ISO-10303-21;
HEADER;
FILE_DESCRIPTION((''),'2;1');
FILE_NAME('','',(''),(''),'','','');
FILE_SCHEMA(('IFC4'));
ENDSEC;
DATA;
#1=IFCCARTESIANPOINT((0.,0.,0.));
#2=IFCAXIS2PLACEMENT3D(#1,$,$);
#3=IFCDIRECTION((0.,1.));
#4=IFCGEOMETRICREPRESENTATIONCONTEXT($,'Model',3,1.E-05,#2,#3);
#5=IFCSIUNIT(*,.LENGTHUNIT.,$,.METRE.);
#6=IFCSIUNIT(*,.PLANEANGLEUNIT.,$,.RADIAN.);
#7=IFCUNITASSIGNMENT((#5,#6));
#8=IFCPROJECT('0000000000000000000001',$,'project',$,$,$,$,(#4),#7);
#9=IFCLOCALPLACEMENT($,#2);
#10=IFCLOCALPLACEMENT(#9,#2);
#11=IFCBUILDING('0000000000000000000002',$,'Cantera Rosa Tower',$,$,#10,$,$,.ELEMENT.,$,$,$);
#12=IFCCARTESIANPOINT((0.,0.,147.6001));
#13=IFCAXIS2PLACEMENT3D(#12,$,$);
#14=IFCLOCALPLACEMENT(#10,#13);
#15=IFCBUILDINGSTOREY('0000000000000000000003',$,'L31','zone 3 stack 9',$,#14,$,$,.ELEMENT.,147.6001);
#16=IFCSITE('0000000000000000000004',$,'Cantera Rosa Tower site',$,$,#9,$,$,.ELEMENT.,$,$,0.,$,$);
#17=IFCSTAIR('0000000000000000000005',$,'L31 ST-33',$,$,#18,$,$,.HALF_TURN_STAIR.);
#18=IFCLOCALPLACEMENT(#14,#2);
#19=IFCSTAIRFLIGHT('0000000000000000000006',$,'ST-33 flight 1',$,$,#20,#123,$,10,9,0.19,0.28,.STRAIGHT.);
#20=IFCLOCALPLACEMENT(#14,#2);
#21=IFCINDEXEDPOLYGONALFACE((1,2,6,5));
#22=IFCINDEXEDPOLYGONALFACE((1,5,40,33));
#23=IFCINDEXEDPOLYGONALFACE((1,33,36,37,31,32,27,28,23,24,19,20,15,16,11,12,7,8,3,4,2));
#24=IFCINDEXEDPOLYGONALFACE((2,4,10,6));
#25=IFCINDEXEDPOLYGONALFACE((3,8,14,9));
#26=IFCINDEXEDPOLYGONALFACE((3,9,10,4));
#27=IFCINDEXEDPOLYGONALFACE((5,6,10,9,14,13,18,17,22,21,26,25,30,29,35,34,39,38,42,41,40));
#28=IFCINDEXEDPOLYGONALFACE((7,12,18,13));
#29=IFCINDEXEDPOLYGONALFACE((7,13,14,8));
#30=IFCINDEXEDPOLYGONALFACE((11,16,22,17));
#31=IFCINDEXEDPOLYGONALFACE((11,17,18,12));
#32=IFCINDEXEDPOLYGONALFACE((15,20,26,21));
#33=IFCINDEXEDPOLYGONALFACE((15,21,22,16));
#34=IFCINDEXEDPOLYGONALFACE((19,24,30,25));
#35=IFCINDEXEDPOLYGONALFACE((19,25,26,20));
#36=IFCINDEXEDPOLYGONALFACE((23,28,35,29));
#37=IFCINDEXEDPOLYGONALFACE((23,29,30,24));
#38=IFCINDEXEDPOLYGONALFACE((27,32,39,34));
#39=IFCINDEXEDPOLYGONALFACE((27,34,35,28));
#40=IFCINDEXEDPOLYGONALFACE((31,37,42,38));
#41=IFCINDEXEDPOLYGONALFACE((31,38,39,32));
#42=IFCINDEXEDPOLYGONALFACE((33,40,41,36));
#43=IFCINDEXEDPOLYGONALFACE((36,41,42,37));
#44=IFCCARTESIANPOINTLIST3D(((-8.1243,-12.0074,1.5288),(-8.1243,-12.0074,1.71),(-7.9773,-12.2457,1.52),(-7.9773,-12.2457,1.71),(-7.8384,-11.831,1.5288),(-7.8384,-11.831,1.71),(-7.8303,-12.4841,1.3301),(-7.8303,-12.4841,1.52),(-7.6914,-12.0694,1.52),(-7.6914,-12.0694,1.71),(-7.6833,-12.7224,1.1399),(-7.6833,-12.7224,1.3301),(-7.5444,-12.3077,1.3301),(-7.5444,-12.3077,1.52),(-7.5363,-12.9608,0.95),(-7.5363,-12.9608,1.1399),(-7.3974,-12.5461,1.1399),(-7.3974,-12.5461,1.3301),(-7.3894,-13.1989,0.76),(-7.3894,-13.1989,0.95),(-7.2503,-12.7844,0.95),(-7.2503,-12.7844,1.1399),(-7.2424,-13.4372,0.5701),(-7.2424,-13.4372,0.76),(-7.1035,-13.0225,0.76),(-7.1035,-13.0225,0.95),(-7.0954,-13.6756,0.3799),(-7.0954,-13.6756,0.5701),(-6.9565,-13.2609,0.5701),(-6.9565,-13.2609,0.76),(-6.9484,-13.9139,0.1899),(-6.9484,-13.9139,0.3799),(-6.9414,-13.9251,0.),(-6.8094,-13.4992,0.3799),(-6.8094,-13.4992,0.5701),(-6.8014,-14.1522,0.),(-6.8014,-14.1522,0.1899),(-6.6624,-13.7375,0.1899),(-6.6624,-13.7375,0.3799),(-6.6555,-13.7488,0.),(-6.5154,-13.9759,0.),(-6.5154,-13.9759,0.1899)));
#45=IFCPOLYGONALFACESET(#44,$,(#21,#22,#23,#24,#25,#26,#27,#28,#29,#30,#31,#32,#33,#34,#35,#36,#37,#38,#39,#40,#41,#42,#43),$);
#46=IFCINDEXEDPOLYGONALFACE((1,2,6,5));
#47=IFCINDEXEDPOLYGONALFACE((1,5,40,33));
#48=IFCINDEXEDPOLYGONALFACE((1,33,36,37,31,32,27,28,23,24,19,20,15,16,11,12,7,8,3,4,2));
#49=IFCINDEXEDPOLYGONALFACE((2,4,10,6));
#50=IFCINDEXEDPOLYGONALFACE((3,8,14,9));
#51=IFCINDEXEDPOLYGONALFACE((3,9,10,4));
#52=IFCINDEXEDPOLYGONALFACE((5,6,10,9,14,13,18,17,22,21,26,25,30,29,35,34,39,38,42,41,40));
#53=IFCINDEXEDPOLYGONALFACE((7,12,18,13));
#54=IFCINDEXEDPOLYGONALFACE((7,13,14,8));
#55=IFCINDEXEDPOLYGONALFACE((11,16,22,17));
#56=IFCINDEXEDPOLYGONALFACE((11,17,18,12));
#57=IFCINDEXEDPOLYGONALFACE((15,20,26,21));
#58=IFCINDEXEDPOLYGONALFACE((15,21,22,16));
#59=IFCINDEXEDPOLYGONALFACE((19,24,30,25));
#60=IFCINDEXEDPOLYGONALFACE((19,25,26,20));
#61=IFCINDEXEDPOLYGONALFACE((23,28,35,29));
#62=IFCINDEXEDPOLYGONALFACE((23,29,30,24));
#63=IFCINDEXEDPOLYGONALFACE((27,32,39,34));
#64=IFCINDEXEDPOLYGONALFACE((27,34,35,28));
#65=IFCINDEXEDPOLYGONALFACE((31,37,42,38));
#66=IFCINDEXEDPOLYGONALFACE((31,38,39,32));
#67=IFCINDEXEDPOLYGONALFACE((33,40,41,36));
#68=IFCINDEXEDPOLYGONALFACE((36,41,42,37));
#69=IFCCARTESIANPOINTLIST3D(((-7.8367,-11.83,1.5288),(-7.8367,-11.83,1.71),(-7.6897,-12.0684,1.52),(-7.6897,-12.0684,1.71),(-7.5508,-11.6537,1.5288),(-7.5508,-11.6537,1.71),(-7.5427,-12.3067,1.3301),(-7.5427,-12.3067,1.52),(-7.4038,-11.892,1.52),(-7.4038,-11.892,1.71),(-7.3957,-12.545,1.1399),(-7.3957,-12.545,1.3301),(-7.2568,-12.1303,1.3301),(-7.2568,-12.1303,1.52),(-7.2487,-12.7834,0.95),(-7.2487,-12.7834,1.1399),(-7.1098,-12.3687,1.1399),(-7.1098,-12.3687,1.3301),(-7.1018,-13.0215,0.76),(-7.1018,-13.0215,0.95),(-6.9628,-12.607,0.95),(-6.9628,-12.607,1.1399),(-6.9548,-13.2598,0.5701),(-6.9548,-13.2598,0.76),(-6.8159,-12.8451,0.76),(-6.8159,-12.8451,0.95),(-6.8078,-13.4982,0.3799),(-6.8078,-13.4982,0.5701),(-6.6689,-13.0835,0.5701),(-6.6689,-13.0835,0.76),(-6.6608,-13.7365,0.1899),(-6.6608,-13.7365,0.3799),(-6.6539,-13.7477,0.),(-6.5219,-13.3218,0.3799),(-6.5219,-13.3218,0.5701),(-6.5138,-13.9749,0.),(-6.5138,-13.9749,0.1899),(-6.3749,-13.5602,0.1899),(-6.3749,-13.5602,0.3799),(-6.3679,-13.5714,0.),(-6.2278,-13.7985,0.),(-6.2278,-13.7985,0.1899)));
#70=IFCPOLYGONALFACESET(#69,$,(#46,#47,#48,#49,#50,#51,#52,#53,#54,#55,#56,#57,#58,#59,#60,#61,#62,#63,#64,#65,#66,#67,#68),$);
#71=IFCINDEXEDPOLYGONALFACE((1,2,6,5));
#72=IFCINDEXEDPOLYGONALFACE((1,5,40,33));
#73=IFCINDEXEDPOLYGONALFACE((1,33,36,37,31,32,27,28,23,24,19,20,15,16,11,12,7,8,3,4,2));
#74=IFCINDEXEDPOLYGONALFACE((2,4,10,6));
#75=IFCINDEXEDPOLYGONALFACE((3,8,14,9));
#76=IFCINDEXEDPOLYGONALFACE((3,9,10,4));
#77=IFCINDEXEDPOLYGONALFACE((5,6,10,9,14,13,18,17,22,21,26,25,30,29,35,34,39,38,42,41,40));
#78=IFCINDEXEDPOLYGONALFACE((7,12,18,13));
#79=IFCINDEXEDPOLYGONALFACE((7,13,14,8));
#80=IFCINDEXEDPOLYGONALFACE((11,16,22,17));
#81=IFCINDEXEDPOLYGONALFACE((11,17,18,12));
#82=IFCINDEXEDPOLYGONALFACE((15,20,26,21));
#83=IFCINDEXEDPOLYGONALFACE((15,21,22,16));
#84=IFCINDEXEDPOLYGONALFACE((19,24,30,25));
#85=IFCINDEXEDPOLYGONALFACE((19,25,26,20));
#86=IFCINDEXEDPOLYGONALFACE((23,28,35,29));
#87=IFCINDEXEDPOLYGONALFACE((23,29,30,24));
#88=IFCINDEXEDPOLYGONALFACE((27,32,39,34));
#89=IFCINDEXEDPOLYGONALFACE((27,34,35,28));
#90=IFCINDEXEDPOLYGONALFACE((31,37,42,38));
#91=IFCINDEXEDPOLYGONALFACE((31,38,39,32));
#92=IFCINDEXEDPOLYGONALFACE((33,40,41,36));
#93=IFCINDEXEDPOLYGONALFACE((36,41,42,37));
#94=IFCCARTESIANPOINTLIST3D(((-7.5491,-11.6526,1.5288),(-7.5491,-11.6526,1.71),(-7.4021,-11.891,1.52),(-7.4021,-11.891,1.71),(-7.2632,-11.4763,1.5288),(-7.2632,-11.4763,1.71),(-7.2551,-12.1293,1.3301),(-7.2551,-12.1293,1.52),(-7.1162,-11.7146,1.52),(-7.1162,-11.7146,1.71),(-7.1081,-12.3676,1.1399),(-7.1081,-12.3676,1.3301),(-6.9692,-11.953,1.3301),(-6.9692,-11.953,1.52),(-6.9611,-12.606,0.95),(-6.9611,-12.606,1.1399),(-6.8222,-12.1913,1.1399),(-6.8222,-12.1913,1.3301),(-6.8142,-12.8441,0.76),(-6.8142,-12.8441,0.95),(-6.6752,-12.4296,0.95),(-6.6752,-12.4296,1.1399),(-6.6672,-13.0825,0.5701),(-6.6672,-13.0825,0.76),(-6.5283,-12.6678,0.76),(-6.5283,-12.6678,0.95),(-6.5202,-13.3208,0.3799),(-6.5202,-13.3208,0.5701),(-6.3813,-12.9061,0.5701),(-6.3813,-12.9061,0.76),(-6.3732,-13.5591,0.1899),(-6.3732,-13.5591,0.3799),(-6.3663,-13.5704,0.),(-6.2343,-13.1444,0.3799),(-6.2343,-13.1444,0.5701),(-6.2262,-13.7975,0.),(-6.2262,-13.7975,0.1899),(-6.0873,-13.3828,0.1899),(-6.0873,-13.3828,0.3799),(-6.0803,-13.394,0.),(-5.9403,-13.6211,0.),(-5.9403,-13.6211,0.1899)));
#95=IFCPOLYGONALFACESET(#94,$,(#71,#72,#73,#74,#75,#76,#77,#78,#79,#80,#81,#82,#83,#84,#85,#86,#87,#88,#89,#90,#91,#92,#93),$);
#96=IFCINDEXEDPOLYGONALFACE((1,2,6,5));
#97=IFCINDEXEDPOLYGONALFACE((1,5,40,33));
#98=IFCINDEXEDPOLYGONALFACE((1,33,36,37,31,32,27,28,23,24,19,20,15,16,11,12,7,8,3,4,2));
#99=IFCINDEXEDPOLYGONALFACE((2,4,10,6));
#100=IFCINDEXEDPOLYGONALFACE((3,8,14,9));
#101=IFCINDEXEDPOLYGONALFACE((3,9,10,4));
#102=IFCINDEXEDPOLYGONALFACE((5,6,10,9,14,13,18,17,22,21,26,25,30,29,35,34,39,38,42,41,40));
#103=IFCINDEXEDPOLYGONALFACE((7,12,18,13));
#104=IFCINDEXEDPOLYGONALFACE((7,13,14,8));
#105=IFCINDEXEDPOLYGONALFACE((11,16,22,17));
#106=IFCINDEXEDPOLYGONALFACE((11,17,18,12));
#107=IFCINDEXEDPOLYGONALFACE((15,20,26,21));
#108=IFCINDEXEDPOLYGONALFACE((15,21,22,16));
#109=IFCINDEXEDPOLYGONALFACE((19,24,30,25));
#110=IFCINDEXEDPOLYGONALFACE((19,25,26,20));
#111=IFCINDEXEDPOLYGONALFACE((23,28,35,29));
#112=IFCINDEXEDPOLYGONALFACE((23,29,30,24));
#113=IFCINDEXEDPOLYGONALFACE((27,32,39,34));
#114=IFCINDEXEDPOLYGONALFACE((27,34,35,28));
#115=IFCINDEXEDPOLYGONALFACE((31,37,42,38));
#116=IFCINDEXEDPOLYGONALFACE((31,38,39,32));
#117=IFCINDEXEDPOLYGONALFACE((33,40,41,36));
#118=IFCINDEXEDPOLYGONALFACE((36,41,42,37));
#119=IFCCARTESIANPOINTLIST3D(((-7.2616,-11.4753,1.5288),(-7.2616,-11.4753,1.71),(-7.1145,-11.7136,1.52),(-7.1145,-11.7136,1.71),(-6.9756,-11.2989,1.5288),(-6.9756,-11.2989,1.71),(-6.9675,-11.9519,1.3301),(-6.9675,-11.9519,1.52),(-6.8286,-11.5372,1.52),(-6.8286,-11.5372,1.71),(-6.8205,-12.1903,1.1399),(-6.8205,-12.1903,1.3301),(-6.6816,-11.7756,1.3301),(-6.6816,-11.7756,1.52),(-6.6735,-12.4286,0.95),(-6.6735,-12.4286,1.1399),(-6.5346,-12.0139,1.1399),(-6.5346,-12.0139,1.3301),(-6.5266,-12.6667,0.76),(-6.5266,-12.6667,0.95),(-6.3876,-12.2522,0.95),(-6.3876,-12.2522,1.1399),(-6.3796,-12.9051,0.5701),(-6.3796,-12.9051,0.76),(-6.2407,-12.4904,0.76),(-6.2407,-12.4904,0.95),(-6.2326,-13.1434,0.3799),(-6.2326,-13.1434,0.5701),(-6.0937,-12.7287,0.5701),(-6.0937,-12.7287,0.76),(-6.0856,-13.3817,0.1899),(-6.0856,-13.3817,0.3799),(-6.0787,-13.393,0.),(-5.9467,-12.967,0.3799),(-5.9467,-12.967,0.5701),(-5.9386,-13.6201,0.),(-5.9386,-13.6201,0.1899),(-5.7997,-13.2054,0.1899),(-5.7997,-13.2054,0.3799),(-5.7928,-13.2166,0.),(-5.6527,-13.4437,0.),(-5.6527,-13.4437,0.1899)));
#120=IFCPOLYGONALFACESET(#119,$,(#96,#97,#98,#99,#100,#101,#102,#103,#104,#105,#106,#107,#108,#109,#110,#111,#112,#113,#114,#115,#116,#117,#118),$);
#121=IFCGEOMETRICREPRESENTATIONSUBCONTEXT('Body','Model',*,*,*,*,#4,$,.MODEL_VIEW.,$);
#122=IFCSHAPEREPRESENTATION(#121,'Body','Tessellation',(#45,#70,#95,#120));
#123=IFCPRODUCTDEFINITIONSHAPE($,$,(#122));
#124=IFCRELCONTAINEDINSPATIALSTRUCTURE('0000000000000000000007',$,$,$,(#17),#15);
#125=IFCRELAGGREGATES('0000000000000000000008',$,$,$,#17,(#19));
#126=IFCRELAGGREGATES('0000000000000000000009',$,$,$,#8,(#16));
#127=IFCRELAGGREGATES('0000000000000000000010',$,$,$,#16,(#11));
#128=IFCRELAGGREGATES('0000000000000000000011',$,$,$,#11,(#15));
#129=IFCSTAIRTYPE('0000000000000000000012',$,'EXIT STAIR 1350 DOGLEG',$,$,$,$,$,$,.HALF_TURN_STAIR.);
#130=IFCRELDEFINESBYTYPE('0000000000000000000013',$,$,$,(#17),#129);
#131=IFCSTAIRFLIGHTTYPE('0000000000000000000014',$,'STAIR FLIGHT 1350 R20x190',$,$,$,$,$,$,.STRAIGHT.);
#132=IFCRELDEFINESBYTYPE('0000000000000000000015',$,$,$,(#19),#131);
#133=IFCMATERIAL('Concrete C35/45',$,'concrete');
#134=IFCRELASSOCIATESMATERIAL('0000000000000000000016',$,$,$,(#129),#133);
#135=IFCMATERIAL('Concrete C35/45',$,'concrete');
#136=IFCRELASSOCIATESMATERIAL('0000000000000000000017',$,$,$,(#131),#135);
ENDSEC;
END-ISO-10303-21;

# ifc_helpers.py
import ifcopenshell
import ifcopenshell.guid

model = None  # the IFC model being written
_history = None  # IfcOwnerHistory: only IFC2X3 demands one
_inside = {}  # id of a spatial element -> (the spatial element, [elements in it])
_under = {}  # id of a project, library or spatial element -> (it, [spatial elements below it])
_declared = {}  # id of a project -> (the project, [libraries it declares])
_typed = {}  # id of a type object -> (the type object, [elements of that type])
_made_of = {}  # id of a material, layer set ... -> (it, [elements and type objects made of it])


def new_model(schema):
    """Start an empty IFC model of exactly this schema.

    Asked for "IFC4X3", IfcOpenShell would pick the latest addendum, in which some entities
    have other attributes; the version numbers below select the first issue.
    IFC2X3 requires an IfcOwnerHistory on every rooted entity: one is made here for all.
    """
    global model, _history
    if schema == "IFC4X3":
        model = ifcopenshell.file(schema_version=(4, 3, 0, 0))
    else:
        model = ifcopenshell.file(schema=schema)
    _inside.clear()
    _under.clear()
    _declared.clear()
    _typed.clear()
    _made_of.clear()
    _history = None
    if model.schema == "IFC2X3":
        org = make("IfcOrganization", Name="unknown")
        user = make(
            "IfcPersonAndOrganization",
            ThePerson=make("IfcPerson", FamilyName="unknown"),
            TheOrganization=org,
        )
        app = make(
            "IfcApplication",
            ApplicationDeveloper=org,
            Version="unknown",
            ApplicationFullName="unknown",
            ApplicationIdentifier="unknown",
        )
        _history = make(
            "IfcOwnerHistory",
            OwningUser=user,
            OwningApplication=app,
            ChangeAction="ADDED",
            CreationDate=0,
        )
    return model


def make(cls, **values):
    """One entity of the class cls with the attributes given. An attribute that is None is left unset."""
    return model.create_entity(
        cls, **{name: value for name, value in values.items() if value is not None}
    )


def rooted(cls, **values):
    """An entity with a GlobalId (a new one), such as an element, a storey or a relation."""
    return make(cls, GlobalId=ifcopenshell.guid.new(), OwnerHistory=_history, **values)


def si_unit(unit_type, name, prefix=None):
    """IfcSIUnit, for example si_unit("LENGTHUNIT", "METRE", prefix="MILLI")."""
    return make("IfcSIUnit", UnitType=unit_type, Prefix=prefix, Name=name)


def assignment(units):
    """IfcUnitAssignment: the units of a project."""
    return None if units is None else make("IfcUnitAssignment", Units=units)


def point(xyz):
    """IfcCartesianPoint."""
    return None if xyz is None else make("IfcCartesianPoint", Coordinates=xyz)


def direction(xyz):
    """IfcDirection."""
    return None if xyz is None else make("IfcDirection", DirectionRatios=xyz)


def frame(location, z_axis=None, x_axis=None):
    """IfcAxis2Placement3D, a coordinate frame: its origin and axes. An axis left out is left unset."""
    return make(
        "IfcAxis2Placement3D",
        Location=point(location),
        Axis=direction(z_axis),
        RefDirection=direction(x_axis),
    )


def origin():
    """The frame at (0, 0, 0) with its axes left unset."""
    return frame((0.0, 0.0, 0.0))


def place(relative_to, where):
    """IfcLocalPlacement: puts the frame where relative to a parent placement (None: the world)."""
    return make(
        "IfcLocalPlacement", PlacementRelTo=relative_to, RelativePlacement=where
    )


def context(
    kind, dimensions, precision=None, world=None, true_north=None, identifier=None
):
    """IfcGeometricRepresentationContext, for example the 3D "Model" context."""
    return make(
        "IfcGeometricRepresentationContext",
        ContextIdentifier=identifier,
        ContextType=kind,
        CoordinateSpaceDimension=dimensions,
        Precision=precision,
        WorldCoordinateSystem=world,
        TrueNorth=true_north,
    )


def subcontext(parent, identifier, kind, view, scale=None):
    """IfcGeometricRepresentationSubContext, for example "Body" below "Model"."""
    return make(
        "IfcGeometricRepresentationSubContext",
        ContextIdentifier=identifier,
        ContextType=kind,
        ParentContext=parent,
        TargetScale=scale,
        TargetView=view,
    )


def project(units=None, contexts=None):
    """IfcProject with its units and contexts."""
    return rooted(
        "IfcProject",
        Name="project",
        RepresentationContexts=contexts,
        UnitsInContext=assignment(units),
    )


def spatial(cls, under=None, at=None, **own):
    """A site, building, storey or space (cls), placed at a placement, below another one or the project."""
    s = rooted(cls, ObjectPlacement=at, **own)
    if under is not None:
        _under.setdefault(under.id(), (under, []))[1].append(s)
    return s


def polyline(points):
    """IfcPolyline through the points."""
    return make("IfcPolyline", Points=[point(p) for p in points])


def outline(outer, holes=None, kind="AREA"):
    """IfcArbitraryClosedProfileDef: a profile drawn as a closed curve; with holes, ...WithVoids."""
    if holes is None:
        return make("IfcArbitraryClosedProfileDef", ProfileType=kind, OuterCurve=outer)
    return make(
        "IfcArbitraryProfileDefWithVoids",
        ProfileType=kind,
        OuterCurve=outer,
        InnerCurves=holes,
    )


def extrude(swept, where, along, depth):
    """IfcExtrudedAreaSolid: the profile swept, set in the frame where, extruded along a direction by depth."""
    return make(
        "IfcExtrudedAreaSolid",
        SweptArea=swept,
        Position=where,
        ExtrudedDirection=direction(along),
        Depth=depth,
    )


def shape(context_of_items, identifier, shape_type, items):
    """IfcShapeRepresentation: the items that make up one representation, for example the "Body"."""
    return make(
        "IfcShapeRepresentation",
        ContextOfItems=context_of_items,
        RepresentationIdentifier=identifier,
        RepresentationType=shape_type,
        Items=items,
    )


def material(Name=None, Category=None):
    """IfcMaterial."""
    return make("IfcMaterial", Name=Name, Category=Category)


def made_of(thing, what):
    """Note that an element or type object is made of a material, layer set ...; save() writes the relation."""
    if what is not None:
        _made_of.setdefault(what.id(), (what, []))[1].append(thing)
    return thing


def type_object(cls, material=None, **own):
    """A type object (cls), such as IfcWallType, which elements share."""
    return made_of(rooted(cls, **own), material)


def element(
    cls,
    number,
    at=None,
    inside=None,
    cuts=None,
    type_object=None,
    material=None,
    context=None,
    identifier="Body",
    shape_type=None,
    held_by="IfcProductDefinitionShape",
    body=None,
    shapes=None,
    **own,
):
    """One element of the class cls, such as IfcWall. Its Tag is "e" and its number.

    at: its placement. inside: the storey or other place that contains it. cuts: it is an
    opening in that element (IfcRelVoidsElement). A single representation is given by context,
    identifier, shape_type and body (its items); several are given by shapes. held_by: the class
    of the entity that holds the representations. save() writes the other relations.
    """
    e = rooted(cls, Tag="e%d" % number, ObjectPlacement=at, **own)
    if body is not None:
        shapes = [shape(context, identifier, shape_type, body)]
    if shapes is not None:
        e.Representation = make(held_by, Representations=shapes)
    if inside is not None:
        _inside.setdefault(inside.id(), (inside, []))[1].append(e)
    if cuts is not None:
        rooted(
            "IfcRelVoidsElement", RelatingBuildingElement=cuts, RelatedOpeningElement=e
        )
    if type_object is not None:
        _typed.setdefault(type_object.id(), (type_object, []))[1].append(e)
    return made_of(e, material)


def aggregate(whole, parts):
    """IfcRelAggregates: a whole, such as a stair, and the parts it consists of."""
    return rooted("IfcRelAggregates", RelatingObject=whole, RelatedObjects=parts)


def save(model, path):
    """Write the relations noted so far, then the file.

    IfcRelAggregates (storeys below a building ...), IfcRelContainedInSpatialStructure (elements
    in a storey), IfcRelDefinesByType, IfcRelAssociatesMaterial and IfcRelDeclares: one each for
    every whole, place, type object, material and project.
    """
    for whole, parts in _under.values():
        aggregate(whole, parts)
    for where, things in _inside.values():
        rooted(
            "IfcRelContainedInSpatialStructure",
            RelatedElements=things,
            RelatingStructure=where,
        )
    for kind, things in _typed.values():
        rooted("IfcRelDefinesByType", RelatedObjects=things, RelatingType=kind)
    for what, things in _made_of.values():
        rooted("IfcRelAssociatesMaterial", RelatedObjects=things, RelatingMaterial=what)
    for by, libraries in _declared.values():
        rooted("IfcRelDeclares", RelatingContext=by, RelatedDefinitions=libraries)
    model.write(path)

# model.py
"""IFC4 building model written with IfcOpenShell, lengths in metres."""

from ifc_helpers import new_model, si_unit, direction, frame, origin, place, context, subcontext, project, spatial, polyline, outline, extrude, material, type_object, element, aggregate, save


model = new_model("IFC4")

# Units and contexts
model_context = context("Model", 3, precision=1e-05, world=origin(), true_north=direction((0.0, 1.0)))
body_context = subcontext(model_context, "Body", "Model", "MODEL_VIEW")
ifc_project = project(units=[si_unit("LENGTHUNIT", "METRE"), si_unit("PLANEANGLEUNIT", "RADIAN")], contexts=[model_context])

# Site, building, storey
site_placement = place(None, origin())
site = spatial("IfcSite", under=ifc_project, at=site_placement, Name="Cantera Rosa Tower site", CompositionType="ELEMENT", RefElevation=0.0)
building_placement = place(site_placement, origin())
building = spatial("IfcBuilding", under=site, at=building_placement, Name="Cantera Rosa Tower", CompositionType="ELEMENT")
storey_placement = place(building_placement, frame((0.0, 0.0, 147.6001)))
storey = spatial("IfcBuildingStorey", under=building, at=storey_placement, Name="L31", Description="zone 3 stack 9", CompositionType="ELEMENT", Elevation=147.6001)

# Stair, stair flight
ifc_material_1 = material(Name="Concrete C35/45", Category="concrete")
stair_type = type_object("IfcStairType", Name="EXIT STAIR 1350 DOGLEG", PredefinedType="HALF_TURN_STAIR", material=ifc_material_1)
stair_placement = place(storey_placement, origin())
stair = element("IfcStair", 1, at=stair_placement, inside=storey, type_object=stair_type, Name="L31 ST-33", PredefinedType="HALF_TURN_STAIR")
ifc_material_2 = material(Name="Concrete C35/45", Category="concrete")
stair_flight_type = type_object("IfcStairFlightType", Name="STAIR FLIGHT 1350 R20x190", PredefinedType="STRAIGHT", material=ifc_material_2)
stair_flight_placement = place(storey_placement, frame((-6.2268, -13.7979, 0.0), z_axis=(0.0, 0.0, 1.0), x_axis=(-0.524977, 0.851117, 0.0)))
stair_flight = element("IfcStairFlight", 2, at=stair_flight_placement, type_object=stair_flight_type, Name="ST-33 flight 1", NumberOfRisers=10, NumberOfTreads=9, PredefinedType="STRAIGHT", RiserHeight=0.19, TreadLength=0.28, context=body_context, shape_type="SweptSolid", body=[
    extrude(outline(polyline([(0.0, 0.0), (0.0, 0.1899), (0.28, 0.1899), (0.28, 0.3799), (0.5601, 0.3799), (0.5601, 0.5701), (0.8401, 0.5701), (0.8401, 0.76), (1.1201, 0.76), (1.1201, 0.95), (1.3999, 0.95), (1.3999, 1.1399), (1.6799, 1.1399), (1.6799, 1.3301), (1.96, 1.3301), (1.96, 1.52), (2.24, 1.52), (2.24, 1.71), (2.52, 1.71), (2.52, 1.8999), (2.52, 1.5288), (0.2668, 0.0), (0.0, 0.0)])), frame((0.0, 0.675, 0.0), z_axis=(0.0, -1.0, 0.0), x_axis=(1.0, 0.0, 0.0)), (0.0, 0.0, 1.0), 0.3359),
    extrude(outline(polyline([(0.0, 0.0), (0.0, 0.1899), (0.28, 0.1899), (0.28, 0.3799), (0.5601, 0.3799), (0.5601, 0.5701), (0.8401, 0.5701), (0.8401, 0.76), (1.1201, 0.76), (1.1201, 0.95), (1.3999, 0.95), (1.3999, 1.1399), (1.6799, 1.1399), (1.6799, 1.3301), (1.96, 1.3301), (1.96, 1.52), (2.24, 1.52), (2.24, 1.71), (2.52, 1.71), (2.52, 1.8999), (2.52, 1.5288), (0.2668, 0.0), (0.0, 0.0)])), frame((0.0, 0.3372, 0.0), z_axis=(0.0, -1.0, 0.0), x_axis=(1.0, 0.0, 0.0)), (0.0, 0.0, 1.0), 0.3359),
    extrude(outline(polyline([(0.0, 0.0), (0.0, 0.1899), (0.28, 0.1899), (0.28, 0.3799), (0.5601, 0.3799), (0.5601, 0.5701), (0.8401, 0.5701), (0.8401, 0.76), (1.1201, 0.76), (1.1201, 0.95), (1.3999, 0.95), (1.3999, 1.1399), (1.6799, 1.1399), (1.6799, 1.3301), (1.96, 1.3301), (1.96, 1.52), (2.24, 1.52), (2.24, 1.71), (2.52, 1.71), (2.52, 1.8999), (2.52, 1.5288), (0.2668, 0.0), (0.0, 0.0)])), frame((0.0, -0.0007, 0.0), z_axis=(0.0, -1.0, 0.0), x_axis=(1.0, 0.0, 0.0)), (0.0, 0.0, 1.0), 0.3359),
    extrude(outline(polyline([(0.0, 0.0), (0.0, 0.1899), (0.28, 0.1899), (0.28, 0.3799), (0.5601, 0.3799), (0.5601, 0.5701), (0.8401, 0.5701), (0.8401, 0.76), (1.1201, 0.76), (1.1201, 0.95), (1.3999, 0.95), (1.3999, 1.1399), (1.6799, 1.1399), (1.6799, 1.3301), (1.96, 1.3301), (1.96, 1.52), (2.24, 1.52), (2.24, 1.71), (2.52, 1.71), (2.52, 1.8999), (2.52, 1.5288), (0.2668, 0.0), (0.0, 0.0)])), frame((0.0, -0.3386, 0.0), z_axis=(0.0, -1.0, 0.0), x_axis=(1.0, 0.0, 0.0)), (0.0, 0.0, 1.0), 0.3359),
])
aggregate(stair, [stair_flight])

save(model, "model.ifc")
